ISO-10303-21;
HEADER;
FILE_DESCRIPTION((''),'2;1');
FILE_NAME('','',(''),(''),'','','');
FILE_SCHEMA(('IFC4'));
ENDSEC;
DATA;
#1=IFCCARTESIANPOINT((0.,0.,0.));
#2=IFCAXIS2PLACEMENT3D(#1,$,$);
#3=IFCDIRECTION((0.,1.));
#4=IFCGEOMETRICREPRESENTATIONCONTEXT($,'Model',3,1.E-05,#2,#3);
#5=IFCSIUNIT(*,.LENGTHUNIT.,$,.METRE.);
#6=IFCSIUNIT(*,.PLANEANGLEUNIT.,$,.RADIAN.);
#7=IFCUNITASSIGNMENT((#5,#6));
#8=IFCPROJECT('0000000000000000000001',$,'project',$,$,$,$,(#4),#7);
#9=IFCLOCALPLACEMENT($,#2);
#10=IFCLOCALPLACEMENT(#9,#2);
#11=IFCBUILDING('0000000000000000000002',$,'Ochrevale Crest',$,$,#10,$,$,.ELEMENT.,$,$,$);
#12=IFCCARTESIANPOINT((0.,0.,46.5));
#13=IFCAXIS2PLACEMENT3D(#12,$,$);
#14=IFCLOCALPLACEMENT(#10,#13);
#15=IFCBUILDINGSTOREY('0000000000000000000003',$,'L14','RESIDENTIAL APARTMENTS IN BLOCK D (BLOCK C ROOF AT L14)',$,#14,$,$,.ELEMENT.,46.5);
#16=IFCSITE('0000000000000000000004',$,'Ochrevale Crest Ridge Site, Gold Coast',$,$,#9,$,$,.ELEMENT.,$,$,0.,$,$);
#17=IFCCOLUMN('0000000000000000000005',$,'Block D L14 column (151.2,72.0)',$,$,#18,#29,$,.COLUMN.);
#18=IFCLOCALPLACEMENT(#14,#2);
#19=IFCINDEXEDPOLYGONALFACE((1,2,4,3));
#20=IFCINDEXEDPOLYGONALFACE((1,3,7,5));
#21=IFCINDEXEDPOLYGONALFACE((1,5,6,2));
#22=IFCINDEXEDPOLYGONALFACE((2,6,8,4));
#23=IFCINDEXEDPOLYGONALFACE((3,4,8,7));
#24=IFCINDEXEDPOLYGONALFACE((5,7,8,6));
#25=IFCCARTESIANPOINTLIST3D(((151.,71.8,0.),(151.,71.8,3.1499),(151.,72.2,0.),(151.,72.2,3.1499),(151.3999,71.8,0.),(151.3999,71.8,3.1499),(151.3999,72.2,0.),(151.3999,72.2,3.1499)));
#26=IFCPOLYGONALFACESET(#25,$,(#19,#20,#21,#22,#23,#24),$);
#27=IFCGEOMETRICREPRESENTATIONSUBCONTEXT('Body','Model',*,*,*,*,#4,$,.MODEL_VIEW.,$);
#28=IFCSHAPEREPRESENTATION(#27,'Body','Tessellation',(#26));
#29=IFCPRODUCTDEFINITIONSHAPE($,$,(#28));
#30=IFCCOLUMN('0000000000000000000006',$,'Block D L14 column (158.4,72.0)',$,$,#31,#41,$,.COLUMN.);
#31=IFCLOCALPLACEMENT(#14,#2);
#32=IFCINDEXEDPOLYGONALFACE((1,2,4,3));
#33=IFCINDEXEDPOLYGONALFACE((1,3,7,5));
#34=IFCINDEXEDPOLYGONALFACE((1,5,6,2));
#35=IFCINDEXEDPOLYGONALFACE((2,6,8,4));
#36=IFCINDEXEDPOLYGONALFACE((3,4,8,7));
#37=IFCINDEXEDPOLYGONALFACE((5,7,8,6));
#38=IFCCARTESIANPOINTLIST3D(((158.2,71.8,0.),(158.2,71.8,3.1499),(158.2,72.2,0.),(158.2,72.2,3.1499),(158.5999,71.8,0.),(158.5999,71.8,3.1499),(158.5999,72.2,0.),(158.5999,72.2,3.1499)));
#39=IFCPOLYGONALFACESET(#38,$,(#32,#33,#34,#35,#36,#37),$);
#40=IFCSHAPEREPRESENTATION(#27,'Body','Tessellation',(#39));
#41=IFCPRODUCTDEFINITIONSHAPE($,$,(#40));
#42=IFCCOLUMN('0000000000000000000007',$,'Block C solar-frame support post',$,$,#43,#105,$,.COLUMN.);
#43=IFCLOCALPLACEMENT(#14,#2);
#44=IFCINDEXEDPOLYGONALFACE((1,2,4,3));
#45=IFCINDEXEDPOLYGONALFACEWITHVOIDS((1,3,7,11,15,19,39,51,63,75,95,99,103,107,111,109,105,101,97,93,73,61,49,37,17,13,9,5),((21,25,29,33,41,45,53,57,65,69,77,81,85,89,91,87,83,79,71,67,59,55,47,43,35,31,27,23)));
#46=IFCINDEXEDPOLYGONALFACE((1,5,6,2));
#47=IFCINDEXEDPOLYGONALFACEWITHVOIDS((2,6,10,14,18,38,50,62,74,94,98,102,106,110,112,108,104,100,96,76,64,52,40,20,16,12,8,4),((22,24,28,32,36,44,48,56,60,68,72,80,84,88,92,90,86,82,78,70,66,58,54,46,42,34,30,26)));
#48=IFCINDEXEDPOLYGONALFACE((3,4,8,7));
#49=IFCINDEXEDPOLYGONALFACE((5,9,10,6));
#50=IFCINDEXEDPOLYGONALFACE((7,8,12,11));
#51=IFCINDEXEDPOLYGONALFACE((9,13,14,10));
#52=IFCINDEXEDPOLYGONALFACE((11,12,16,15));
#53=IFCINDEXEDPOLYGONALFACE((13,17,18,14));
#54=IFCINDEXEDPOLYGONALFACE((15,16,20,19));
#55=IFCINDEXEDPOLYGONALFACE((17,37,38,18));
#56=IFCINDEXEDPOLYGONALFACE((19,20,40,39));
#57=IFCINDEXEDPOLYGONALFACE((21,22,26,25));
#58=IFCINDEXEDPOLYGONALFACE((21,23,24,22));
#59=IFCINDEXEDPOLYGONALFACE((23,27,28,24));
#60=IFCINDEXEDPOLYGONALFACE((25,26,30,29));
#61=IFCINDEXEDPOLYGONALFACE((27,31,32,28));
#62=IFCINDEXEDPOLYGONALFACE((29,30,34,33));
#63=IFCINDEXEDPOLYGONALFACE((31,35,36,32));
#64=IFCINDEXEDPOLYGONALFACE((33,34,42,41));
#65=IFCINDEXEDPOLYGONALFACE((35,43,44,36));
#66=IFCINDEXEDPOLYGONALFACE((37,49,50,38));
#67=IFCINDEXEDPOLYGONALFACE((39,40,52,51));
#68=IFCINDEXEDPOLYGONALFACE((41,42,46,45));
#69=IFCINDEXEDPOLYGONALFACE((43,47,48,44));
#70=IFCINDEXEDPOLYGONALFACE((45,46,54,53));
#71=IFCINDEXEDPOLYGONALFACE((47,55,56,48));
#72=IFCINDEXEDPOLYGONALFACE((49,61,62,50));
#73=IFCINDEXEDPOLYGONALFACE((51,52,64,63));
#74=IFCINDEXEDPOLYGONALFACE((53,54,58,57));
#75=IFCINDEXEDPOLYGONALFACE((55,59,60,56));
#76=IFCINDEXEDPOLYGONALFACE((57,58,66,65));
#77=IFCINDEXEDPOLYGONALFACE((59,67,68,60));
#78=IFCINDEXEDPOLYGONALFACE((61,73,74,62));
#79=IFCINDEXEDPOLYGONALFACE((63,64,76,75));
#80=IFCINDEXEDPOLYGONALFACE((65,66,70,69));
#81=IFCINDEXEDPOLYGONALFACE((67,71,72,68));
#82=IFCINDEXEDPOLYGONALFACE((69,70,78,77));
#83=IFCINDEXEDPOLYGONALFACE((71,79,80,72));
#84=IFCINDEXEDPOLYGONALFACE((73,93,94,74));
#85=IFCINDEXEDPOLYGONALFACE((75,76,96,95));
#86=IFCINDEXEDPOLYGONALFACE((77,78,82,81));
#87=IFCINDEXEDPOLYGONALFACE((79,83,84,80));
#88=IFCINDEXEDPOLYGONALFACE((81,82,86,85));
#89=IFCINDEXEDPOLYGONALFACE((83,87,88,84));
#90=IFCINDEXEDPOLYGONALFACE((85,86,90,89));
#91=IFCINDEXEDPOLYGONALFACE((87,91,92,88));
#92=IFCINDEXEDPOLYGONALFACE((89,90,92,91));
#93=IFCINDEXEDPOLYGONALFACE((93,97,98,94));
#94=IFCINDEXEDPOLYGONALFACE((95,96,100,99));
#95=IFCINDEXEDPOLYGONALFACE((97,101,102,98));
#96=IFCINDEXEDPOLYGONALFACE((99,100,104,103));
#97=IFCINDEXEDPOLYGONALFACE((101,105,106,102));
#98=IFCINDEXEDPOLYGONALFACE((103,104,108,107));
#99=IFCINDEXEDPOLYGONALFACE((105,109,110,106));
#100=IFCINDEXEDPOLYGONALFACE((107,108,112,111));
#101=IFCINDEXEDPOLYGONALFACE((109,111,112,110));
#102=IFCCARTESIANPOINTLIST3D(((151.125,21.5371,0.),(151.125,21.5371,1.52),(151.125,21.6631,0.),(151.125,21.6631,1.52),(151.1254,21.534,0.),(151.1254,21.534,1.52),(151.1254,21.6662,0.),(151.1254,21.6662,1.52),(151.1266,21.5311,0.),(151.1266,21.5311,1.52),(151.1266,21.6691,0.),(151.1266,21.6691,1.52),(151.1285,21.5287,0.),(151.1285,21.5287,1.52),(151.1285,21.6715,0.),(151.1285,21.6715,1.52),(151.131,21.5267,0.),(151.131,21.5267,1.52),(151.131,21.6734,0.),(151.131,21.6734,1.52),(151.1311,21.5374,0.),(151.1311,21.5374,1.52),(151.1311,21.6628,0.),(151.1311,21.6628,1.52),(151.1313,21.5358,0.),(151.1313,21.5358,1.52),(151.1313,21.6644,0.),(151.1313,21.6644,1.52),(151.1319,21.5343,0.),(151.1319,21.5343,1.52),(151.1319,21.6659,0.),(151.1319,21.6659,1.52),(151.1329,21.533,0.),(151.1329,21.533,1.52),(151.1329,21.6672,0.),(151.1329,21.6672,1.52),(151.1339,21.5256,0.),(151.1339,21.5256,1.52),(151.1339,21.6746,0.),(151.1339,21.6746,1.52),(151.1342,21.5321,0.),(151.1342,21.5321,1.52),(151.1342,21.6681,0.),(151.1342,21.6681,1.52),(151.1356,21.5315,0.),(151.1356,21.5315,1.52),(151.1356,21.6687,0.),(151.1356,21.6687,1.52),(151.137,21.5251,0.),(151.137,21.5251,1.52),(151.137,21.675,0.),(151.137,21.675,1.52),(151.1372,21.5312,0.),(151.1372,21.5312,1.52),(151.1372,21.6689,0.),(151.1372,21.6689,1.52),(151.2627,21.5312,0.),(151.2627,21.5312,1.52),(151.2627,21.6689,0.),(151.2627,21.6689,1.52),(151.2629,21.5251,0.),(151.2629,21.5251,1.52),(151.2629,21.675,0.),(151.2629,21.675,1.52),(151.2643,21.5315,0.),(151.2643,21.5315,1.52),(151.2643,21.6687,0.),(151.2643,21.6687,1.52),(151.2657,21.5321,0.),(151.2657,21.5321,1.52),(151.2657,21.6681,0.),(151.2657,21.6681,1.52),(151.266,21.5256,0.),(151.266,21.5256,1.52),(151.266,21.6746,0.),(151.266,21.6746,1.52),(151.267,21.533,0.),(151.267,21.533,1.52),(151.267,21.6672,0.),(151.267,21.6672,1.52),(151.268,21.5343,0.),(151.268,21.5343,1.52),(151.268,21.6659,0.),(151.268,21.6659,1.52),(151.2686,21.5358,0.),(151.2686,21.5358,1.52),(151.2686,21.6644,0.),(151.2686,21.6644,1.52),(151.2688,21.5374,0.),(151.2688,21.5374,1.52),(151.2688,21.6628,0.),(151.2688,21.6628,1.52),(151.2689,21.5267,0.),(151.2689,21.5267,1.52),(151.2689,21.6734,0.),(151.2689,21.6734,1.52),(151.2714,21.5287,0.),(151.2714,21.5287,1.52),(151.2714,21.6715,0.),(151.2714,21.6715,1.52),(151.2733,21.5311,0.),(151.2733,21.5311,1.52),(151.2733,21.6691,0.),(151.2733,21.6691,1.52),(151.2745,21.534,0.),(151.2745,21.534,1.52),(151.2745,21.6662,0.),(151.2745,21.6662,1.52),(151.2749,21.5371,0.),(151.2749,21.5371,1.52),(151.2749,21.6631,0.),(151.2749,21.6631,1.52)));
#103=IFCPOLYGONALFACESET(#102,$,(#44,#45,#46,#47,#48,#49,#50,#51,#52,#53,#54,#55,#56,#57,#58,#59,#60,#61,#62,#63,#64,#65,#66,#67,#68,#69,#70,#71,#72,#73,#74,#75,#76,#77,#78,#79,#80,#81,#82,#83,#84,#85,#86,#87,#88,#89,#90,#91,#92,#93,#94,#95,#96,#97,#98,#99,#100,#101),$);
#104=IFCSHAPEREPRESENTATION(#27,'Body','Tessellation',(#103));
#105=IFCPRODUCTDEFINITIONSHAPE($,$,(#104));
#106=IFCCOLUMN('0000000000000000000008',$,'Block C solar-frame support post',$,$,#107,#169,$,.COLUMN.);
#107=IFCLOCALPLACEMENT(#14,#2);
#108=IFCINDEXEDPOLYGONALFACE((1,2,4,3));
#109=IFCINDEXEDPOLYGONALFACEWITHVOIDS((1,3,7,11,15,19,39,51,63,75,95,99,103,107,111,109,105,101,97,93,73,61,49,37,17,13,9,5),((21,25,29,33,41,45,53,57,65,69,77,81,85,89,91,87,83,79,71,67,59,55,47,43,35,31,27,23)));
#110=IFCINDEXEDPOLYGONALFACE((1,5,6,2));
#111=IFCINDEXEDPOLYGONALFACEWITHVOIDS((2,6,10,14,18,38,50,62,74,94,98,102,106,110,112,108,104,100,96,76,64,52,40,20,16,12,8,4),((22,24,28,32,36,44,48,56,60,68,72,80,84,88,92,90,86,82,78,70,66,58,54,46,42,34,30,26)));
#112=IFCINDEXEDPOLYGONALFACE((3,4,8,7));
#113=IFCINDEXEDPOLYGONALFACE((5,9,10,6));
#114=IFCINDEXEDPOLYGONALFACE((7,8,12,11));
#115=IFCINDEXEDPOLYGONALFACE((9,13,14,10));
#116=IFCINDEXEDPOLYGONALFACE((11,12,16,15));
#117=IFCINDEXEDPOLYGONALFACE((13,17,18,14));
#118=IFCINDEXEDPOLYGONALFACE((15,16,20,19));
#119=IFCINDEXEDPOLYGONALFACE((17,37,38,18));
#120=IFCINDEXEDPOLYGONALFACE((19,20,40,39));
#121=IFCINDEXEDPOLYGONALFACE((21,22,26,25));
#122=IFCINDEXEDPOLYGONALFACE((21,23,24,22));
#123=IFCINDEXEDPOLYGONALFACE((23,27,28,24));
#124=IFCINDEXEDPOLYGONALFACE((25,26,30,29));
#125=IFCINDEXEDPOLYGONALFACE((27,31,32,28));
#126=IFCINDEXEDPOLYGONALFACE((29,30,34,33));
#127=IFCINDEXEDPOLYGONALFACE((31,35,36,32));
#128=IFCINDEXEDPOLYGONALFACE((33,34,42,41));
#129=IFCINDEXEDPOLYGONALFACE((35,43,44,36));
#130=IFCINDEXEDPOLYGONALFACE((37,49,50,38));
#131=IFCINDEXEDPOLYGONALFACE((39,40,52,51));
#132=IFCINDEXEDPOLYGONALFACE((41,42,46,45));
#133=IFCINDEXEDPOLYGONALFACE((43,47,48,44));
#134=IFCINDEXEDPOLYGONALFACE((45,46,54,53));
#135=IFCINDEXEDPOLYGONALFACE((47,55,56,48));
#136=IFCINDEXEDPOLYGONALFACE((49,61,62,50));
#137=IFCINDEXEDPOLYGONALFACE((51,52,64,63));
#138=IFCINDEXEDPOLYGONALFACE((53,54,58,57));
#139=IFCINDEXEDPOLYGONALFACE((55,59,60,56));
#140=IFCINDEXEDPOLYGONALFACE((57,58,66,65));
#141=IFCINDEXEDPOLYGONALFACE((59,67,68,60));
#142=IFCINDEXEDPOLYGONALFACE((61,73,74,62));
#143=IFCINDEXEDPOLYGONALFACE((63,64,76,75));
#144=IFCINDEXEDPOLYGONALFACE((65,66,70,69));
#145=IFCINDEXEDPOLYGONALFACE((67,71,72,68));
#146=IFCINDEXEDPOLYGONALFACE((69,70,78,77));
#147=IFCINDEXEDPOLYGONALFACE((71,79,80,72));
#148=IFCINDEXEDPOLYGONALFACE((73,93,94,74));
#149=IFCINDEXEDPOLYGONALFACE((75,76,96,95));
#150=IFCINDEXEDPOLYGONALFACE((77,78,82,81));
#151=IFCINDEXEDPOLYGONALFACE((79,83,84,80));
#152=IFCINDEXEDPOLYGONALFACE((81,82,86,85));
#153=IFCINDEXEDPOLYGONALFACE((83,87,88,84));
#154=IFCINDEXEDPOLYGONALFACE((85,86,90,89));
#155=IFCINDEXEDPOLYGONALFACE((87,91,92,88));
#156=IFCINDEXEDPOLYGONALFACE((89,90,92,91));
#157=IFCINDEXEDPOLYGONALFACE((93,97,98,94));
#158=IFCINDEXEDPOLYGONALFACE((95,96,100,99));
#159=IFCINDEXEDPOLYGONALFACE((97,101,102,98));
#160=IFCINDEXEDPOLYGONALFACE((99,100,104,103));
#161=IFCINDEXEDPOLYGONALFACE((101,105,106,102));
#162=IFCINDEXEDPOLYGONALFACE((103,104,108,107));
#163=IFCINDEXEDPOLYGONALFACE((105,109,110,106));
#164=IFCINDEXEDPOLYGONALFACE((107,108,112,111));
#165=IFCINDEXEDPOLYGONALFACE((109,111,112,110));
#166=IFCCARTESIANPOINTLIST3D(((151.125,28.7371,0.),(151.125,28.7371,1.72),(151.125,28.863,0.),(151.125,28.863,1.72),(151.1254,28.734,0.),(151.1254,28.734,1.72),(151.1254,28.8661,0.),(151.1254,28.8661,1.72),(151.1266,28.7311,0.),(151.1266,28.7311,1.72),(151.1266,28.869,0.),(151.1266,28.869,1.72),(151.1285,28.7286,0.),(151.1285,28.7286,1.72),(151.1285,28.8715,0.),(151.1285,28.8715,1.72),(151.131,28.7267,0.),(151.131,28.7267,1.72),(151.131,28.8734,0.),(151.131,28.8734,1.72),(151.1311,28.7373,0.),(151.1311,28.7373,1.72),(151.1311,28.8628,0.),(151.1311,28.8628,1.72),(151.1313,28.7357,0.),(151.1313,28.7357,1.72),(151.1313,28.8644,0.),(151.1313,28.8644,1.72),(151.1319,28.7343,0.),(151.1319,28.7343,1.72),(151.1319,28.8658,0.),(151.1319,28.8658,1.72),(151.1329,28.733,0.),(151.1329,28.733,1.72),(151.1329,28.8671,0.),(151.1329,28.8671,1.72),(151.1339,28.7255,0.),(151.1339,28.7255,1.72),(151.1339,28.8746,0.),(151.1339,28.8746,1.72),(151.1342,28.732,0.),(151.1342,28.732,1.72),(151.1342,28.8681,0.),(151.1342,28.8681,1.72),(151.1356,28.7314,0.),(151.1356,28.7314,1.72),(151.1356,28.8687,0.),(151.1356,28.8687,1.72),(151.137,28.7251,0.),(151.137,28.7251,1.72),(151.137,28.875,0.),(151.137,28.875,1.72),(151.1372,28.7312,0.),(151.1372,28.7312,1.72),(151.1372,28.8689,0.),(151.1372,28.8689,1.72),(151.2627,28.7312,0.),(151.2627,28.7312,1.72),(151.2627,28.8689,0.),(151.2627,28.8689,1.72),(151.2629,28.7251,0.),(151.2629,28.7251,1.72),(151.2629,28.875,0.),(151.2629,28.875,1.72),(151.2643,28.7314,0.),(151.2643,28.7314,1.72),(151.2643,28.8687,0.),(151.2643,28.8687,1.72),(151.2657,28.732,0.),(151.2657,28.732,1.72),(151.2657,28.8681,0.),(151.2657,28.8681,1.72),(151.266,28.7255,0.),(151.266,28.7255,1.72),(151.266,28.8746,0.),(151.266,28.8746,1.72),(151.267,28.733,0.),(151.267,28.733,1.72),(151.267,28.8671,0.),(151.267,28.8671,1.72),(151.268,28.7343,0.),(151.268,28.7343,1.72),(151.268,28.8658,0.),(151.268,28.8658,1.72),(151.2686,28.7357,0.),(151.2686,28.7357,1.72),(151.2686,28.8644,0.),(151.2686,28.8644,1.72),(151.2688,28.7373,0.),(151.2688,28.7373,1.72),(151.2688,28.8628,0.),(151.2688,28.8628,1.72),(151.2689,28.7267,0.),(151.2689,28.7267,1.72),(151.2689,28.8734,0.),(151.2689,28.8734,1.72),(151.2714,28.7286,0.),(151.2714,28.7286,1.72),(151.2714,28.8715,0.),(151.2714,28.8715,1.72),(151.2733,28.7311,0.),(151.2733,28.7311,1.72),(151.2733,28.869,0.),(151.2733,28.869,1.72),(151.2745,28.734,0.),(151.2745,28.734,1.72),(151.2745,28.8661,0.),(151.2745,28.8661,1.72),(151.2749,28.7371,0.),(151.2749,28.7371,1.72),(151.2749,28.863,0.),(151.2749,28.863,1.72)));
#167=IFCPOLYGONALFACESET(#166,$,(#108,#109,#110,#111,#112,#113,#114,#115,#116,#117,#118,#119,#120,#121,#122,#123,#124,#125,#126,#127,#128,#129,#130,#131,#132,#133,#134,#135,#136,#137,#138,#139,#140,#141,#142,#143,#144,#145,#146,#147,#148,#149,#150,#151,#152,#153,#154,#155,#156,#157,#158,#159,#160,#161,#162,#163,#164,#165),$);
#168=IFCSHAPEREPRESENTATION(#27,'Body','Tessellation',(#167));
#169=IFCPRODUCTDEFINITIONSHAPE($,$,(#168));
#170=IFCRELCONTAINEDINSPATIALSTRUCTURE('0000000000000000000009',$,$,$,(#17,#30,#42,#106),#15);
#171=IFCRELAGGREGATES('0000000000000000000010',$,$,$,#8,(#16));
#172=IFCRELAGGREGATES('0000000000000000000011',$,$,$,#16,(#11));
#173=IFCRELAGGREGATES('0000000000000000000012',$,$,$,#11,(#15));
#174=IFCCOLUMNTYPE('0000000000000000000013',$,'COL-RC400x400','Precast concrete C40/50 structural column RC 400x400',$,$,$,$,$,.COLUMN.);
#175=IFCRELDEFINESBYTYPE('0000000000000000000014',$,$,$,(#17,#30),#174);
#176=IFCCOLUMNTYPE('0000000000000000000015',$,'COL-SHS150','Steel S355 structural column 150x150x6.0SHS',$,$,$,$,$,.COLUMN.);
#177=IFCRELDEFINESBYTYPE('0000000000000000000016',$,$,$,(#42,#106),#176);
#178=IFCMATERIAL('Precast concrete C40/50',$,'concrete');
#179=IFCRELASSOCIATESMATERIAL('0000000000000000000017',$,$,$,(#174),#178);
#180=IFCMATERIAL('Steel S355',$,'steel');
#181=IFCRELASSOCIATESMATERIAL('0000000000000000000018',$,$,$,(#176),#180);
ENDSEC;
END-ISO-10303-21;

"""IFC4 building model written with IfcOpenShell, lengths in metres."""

from ifc_helpers import new_model, si_unit, direction, frame, origin, origin_2d, place, context, subcontext, project, spatial, rectangle, hollow_rectangle, extrude, material, material_profile, profile_set, type_object, element, save


model = new_model("IFC4")

# Units and contexts
model_context = context("Model", 3, precision=1e-05, world=origin(), true_north=direction((0.0, 1.0)))
body_context = subcontext(model_context, "Body", "Model", "MODEL_VIEW")
ifc_project = project(units=[si_unit("LENGTHUNIT", "METRE"), si_unit("PLANEANGLEUNIT", "RADIAN")], contexts=[model_context])

# Site, building, storey
site_placement = place(None, origin())
site = spatial("IfcSite", under=ifc_project, at=site_placement, Name="Ochrevale Crest Ridge Site, Gold Coast", CompositionType="ELEMENT", RefElevation=0.0)
building_placement = place(site_placement, origin())
building = spatial("IfcBuilding", under=site, at=building_placement, Name="Ochrevale Crest", CompositionType="ELEMENT")
storey_placement = place(building_placement, frame((0.0, 0.0, 46.5)))
storey = spatial("IfcBuildingStorey", under=building, at=storey_placement, Name="L14", Description="RESIDENTIAL APARTMENTS IN BLOCK D (BLOCK C ROOF AT L14)", CompositionType="ELEMENT", Elevation=46.5)

# Columns
ifc_material_1 = material(Name="Precast concrete C40/50", Category="concrete")
ifc_material_profile_1 = material_profile(ifc_material_1, rectangle(XDim=0.3999, YDim=0.3999, at=origin_2d()), Name="RC 400x400")
ifc_profile_set_1 = profile_set([ifc_material_profile_1], Name="Precast concrete C40/50")
column_type_1 = type_object("IfcColumnType", Name="COL-RC400x400", Description="Precast concrete C40/50 structural column RC 400x400", PredefinedType="COLUMN", material=ifc_profile_set_1)
for number, where, z_axis, x_axis, name in (
    (1, (151.2, 72.0, 0.0), (0.0, 0.0, 1.0), (1.0, 0.0, 0.0), "Block D L14 column (151.2,72.0)"),
    (2, (158.3999, 72.0, 0.0), (0.0, 0.0, 1.0), (1.0, 0.0, 0.0), "Block D L14 column (158.4,72.0)"),
):
    element("IfcColumn", number, at=place(storey_placement, frame(where, z_axis=z_axis, x_axis=x_axis)), inside=storey, type_object=column_type_1, Name=name, PredefinedType="COLUMN", context=body_context, shape_type="SweptSolid", body=[
        extrude(rectangle(XDim=0.3999, YDim=0.3999, at=origin_2d()), origin(), (0.0, 0.0, 1.0), 3.1499),
    ])
ifc_material_2 = material(Name="Steel S355", Category="steel")
ifc_material_profile_2 = material_profile(ifc_material_2, hollow_rectangle(XDim=0.1499, YDim=0.1499, WallThickness=0.0061, InnerFilletRadius=0.0061, OuterFilletRadius=0.012, at=origin_2d()), Name="150x150x6.0SHS")
ifc_profile_set_2 = profile_set([ifc_material_profile_2], Name="Steel S355")
column_type_2 = type_object("IfcColumnType", Name="COL-SHS150", Description="Steel S355 structural column 150x150x6.0SHS", PredefinedType="COLUMN", material=ifc_profile_set_2)
column_1_placement = place(storey_placement, frame((151.2, 21.6001, 0.0), z_axis=(0.0, 0.0, 1.0), x_axis=(1.0, 0.0, 0.0)))
element("IfcColumn", 3, at=column_1_placement, inside=storey, type_object=column_type_2, Name="Block C solar-frame support post", PredefinedType="COLUMN", context=body_context, shape_type="SweptSolid", body=[
    extrude(hollow_rectangle(XDim=0.1499, YDim=0.1499, WallThickness=0.0061, InnerFilletRadius=0.0061, OuterFilletRadius=0.012, at=origin_2d()), origin(), (0.0, 0.0, 1.0), 1.52),
])
column_2_placement = place(storey_placement, frame((151.2, 28.8, 0.0), z_axis=(0.0, 0.0, 1.0), x_axis=(1.0, 0.0, 0.0)))
element("IfcColumn", 4, at=column_2_placement, inside=storey, type_object=column_type_2, Name="Block C solar-frame support post", PredefinedType="COLUMN", context=body_context, shape_type="SweptSolid", body=[
    extrude(hollow_rectangle(XDim=0.1499, YDim=0.1499, WallThickness=0.0061, InnerFilletRadius=0.0061, OuterFilletRadius=0.012, at=origin_2d()), origin(), (0.0, 0.0, 1.0), 1.72),
])

save(model, "model.ifc")
